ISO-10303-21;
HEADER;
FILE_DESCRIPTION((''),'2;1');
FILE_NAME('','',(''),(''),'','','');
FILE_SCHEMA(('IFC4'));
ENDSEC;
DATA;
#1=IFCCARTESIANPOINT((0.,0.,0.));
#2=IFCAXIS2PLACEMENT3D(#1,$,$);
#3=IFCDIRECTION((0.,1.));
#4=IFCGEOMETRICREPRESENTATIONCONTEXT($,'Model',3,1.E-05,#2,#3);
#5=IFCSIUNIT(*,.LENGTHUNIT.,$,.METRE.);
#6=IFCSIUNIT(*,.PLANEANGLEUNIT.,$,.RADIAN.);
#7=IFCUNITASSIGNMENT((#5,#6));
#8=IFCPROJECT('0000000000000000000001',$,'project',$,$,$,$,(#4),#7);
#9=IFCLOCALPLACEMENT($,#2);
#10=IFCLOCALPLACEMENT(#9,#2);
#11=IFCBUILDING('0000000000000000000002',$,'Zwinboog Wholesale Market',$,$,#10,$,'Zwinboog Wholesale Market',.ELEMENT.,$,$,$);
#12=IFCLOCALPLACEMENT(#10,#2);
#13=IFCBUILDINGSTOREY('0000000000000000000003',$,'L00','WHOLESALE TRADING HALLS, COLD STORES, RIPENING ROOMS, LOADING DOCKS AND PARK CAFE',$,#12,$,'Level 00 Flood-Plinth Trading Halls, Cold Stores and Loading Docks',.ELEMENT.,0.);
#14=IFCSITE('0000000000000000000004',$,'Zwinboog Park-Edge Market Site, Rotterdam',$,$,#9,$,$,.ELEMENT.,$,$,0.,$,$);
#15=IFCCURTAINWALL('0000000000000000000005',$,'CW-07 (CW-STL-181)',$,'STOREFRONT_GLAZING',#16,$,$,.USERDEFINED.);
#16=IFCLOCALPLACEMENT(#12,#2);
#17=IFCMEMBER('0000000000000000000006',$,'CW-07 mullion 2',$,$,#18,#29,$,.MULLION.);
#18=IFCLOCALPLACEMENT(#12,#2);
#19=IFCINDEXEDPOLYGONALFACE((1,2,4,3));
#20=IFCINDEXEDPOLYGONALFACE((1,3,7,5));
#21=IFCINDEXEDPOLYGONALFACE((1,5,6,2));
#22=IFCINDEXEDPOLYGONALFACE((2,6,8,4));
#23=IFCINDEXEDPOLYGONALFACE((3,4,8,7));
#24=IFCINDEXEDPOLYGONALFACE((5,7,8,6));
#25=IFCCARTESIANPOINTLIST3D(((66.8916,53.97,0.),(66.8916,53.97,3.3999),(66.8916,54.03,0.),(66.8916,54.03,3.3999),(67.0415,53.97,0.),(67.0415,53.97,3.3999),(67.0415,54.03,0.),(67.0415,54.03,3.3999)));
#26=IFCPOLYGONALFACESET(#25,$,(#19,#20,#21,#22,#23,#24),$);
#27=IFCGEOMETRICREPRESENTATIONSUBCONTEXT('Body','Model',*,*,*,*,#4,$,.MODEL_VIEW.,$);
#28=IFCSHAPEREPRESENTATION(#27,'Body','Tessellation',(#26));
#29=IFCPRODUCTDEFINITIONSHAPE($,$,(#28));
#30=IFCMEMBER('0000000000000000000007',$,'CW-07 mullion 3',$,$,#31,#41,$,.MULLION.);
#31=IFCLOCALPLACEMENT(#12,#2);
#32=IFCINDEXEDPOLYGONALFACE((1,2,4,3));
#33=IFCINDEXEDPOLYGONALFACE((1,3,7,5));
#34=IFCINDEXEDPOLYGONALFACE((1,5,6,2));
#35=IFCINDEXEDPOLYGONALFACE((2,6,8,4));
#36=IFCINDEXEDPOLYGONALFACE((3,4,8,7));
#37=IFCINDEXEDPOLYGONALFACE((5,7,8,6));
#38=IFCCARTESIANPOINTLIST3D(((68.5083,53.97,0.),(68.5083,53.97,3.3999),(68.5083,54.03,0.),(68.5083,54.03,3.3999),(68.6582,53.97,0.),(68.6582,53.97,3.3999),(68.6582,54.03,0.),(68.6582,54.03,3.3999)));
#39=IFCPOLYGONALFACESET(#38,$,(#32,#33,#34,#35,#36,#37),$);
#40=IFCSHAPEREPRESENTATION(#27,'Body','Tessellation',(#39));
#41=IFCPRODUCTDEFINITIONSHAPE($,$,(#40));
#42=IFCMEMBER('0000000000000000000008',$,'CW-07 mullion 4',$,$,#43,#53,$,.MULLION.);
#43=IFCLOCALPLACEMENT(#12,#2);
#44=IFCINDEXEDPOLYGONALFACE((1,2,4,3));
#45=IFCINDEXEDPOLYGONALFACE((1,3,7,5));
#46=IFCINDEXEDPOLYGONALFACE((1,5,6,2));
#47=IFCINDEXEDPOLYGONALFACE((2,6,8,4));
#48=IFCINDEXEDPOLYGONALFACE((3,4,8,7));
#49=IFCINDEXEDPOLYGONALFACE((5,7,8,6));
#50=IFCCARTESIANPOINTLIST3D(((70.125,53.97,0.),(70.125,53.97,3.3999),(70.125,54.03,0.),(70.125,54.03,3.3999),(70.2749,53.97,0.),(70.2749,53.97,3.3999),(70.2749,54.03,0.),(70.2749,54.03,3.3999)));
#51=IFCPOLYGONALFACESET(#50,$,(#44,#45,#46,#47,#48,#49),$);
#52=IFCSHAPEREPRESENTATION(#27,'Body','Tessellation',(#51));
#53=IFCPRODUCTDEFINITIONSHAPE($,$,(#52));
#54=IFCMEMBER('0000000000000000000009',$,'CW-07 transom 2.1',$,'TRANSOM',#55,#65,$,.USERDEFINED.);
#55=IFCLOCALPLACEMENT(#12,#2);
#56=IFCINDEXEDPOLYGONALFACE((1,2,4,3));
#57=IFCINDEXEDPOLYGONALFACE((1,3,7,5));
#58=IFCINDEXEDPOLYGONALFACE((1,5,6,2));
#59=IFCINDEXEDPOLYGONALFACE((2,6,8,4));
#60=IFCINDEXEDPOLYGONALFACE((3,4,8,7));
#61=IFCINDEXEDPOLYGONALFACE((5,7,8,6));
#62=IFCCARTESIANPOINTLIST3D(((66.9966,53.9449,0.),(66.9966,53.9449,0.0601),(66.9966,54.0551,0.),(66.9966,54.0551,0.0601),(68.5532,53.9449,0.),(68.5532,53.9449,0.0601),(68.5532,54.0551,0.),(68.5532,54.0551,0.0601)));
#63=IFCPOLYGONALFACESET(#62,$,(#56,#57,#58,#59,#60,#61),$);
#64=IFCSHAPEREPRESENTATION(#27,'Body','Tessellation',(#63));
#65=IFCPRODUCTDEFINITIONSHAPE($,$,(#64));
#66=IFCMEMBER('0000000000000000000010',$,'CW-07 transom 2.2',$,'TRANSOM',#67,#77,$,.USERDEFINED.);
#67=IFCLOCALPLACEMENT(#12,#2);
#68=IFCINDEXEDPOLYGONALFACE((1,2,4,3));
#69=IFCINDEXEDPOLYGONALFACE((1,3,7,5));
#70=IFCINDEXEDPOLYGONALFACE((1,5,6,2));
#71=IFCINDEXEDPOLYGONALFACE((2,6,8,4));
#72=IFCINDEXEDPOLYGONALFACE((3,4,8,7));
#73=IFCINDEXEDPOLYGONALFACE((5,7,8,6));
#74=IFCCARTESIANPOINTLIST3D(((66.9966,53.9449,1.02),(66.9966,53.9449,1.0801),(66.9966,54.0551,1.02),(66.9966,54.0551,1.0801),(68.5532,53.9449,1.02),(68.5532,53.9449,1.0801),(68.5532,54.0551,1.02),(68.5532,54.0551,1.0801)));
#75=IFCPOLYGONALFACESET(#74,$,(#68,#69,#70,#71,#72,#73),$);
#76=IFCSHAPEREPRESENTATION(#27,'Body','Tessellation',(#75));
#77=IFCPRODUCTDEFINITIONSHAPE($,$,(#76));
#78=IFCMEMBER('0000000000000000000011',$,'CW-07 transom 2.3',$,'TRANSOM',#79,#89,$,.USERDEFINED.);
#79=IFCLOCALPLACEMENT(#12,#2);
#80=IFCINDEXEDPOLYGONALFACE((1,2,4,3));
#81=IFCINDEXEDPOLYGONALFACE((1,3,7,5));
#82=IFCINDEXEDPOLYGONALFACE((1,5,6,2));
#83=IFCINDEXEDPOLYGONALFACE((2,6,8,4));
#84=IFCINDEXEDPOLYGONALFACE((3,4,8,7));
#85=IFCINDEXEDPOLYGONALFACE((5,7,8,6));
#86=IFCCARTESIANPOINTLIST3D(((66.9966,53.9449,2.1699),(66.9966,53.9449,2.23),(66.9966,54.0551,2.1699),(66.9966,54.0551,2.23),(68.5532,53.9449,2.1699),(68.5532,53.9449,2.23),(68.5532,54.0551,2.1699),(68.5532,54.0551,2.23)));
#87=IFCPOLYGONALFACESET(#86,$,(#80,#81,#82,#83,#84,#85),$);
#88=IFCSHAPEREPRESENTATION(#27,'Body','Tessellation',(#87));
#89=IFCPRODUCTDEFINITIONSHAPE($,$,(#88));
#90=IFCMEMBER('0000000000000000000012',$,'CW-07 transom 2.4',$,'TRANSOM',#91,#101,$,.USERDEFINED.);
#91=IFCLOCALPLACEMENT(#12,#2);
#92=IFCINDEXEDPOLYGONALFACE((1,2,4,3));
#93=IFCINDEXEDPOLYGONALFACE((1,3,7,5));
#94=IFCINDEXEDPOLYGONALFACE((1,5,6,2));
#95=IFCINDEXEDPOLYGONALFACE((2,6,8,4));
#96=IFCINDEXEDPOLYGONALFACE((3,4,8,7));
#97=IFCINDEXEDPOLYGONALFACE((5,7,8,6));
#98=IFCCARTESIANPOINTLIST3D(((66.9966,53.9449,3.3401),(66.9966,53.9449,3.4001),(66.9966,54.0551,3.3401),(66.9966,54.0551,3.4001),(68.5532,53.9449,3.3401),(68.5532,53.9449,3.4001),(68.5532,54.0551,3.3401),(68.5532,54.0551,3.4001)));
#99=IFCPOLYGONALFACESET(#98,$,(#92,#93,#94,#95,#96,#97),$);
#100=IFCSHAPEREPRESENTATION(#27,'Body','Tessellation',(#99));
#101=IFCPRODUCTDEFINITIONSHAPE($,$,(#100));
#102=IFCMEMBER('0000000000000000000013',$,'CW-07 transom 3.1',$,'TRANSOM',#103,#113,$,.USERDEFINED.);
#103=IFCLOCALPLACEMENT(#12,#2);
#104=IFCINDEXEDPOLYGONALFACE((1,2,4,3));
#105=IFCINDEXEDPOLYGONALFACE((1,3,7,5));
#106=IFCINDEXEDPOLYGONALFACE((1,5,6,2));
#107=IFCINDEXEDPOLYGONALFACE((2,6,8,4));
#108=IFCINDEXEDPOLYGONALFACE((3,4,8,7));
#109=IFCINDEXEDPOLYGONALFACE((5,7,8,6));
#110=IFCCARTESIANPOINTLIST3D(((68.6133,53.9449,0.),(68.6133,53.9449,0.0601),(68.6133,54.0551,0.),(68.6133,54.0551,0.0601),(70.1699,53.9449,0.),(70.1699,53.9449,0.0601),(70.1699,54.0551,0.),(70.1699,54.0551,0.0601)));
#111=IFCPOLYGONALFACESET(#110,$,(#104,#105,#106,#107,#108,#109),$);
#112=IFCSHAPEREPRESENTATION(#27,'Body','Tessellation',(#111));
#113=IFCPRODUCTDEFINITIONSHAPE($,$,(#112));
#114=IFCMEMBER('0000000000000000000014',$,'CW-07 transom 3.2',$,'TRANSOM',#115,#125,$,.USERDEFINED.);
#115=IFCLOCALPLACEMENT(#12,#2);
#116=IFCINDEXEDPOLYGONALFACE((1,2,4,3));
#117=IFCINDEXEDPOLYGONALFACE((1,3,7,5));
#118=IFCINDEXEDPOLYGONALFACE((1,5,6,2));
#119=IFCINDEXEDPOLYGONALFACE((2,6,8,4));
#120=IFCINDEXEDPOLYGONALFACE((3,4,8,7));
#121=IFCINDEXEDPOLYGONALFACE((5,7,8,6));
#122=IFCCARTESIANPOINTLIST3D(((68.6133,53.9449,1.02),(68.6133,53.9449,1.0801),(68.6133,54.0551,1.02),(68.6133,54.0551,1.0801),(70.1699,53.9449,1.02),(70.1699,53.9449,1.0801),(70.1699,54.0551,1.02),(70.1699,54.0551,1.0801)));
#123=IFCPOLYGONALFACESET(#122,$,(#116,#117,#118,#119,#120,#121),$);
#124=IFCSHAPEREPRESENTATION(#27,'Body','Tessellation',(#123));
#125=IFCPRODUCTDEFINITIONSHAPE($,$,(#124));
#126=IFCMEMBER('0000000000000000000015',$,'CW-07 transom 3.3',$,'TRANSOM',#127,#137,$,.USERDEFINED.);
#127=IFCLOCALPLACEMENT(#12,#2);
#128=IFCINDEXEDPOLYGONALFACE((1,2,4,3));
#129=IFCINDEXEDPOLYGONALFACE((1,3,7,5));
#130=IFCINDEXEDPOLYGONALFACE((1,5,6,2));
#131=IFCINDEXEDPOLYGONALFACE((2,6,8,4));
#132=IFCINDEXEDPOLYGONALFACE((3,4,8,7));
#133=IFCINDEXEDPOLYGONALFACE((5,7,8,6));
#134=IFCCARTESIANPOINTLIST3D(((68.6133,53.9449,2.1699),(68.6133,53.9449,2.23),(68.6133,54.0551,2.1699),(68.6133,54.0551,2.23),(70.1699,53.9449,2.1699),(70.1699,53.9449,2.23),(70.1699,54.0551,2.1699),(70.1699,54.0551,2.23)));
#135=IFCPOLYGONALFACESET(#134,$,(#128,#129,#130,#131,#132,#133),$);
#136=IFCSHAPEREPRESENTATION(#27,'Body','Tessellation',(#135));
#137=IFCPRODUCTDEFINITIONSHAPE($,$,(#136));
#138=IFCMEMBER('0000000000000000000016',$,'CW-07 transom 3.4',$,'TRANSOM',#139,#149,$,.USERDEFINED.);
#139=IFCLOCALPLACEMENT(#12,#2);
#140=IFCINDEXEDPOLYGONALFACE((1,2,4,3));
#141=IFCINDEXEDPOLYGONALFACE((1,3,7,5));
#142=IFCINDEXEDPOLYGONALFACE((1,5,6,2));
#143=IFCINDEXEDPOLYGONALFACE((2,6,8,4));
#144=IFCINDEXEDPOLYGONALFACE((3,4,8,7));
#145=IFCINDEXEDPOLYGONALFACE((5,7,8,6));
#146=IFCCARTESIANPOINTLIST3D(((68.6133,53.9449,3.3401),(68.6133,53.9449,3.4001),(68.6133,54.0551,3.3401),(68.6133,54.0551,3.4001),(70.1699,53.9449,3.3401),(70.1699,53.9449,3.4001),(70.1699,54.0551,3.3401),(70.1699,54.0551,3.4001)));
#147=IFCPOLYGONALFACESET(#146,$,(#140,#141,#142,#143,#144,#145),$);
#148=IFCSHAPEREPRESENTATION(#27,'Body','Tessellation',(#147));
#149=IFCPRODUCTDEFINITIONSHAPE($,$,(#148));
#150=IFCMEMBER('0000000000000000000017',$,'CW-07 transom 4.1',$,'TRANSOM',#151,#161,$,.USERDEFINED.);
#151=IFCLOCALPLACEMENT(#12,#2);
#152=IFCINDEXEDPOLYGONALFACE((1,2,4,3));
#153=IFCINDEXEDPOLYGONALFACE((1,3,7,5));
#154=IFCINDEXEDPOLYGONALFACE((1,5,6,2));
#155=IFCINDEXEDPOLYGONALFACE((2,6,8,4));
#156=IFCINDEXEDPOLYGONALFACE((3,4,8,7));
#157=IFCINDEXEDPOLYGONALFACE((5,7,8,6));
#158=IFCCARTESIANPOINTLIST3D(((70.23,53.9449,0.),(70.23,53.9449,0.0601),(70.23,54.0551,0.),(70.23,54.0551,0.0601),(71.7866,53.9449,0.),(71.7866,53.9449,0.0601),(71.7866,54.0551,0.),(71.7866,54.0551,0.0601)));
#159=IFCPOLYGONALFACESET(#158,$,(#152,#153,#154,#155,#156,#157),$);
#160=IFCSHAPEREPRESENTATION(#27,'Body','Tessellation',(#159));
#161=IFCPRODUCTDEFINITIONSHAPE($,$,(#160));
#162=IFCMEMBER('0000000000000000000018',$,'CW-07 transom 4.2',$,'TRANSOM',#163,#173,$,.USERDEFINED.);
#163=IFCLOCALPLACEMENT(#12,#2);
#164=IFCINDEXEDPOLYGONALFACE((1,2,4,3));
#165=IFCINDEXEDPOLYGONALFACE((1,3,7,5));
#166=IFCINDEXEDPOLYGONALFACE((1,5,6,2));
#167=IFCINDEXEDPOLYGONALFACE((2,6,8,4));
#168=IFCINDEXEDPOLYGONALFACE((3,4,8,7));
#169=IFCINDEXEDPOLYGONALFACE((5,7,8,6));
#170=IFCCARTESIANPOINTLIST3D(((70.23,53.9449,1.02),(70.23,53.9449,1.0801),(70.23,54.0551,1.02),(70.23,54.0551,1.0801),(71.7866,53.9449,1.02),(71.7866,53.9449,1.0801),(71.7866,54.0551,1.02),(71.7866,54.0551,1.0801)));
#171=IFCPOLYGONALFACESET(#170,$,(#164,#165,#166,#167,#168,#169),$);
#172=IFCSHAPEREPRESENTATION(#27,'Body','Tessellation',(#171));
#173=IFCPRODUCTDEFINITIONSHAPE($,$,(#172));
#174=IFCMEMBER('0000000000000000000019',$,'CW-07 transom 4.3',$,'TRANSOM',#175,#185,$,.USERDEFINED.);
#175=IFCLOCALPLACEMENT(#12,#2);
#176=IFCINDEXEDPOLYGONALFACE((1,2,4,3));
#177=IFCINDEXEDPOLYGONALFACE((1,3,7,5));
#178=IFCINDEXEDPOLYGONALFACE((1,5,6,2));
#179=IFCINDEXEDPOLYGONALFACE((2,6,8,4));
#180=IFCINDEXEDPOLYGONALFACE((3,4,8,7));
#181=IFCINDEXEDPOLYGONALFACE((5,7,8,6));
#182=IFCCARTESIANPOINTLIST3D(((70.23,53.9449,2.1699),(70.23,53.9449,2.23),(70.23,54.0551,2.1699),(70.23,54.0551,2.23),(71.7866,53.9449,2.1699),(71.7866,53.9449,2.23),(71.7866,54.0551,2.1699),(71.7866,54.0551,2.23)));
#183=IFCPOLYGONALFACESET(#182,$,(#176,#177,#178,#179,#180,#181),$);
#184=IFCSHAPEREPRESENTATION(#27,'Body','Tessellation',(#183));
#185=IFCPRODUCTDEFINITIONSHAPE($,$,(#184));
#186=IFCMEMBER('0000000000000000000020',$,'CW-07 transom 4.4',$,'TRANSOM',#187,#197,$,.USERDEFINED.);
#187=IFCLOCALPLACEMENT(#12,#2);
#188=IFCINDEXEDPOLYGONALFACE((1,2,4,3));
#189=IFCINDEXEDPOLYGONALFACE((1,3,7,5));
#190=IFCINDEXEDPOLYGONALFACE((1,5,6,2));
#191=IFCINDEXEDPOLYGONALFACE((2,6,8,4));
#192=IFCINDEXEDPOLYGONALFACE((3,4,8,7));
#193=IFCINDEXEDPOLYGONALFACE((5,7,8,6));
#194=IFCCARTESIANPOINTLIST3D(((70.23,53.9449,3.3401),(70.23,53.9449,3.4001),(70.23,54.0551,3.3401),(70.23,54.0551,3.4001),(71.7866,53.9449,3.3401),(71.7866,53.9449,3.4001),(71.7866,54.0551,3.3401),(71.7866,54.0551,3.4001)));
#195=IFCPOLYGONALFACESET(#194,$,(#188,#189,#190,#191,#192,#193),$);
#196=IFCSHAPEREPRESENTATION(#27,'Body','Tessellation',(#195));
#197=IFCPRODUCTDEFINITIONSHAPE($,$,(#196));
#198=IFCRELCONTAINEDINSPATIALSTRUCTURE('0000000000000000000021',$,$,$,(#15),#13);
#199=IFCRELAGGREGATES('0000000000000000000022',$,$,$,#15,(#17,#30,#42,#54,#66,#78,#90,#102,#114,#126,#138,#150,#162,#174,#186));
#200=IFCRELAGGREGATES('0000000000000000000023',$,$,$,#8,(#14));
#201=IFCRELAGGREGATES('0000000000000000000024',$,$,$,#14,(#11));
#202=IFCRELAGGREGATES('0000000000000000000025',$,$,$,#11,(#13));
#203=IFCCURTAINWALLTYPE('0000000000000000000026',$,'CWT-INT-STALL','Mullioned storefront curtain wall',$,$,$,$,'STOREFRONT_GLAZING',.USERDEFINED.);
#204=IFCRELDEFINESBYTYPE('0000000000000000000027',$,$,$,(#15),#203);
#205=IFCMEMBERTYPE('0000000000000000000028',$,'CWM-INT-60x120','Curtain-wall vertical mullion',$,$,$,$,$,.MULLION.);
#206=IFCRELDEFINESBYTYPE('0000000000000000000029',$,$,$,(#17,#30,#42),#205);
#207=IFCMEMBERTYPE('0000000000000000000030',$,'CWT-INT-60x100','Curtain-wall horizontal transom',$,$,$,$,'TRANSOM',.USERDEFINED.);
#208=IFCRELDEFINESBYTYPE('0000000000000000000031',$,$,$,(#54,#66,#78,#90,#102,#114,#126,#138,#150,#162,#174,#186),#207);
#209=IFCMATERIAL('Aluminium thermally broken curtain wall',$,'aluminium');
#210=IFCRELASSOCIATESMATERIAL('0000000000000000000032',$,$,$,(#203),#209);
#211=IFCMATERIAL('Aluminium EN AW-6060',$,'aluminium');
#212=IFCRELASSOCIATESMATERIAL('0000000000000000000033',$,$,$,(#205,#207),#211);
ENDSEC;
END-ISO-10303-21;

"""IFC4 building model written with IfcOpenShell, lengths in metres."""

from ifc_helpers import new_model, si_unit, direction, frame, origin, origin_2d, place, context, subcontext, project, spatial, rectangle, extrude, material, material_profile, profile_set, type_object, element, aggregate, save


model = new_model("IFC4")

# Units and contexts
model_context = context("Model", 3, precision=1e-05, world=origin(), true_north=direction((0.0, 1.0)))
body_context = subcontext(model_context, "Body", "Model", "MODEL_VIEW")
ifc_project = project(units=[si_unit("LENGTHUNIT", "METRE"), si_unit("PLANEANGLEUNIT", "RADIAN")], contexts=[model_context])

# Site, building, storey
site_placement = place(None, origin())
site = spatial("IfcSite", under=ifc_project, at=site_placement, Name="Zwinboog Park-Edge Market Site, Rotterdam", CompositionType="ELEMENT", RefElevation=0.0)
building_placement = place(site_placement, origin())
building = spatial("IfcBuilding", under=site, at=building_placement, Name="Zwinboog Wholesale Market", LongName="Zwinboog Wholesale Market", CompositionType="ELEMENT")
storey_placement = place(building_placement, origin())
storey = spatial("IfcBuildingStorey", under=building, at=storey_placement, Name="L00", Description="WHOLESALE TRADING HALLS, COLD STORES, RIPENING ROOMS, LOADING DOCKS AND PARK CAFE", LongName="Level 00 Flood-Plinth Trading Halls, Cold Stores and Loading Docks", CompositionType="ELEMENT", Elevation=0.0)

# Curtain wall, members
ifc_material_1 = material(Name="Aluminium thermally broken curtain wall", Category="aluminium")
curtain_wall_type = type_object("IfcCurtainWallType", Name="CWT-INT-STALL", Description="Mullioned storefront curtain wall", ElementType="STOREFRONT_GLAZING", PredefinedType="USERDEFINED", material=ifc_material_1)
curtain_wall_placement = place(storey_placement, origin())
curtain_wall = element("IfcCurtainWall", 1, at=curtain_wall_placement, inside=storey, type_object=curtain_wall_type, Name="CW-07 (CW-STL-181)", ObjectType="STOREFRONT_GLAZING", PredefinedType="USERDEFINED")
ifc_material_2 = material(Name="Aluminium EN AW-6060", Category="aluminium")
ifc_material_profile_1 = material_profile(ifc_material_2, rectangle(XDim=0.0601, YDim=0.1499, at=origin_2d()), Name="AL 60x150")
ifc_profile_set_1 = profile_set([ifc_material_profile_1], Name="Aluminium EN AW-6060")
member_type_1 = type_object("IfcMemberType", Name="CWM-INT-60x120", Description="Curtain-wall vertical mullion", PredefinedType="MULLION", material=ifc_profile_set_1)
member_1_placement = place(storey_placement, frame((66.9666, 54.0, 0.0), z_axis=(0.0, 0.0, 1.0), x_axis=(0.0, 1.0, 0.0)))
member_1 = element("IfcMember", 2, at=member_1_placement, type_object=member_type_1, Name="CW-07 mullion 2", PredefinedType="MULLION", context=body_context, shape_type="SweptSolid", body=[
    extrude(rectangle(XDim=0.0601, YDim=0.1499, at=origin_2d()), origin(), (0.0, 0.0, 1.0), 3.3999),
])
member_2_placement = place(storey_placement, frame((68.5833, 54.0, 0.0), z_axis=(0.0, 0.0, 1.0), x_axis=(0.0, 1.0, 0.0)))
member_2 = element("IfcMember", 3, at=member_2_placement, type_object=member_type_1, Name="CW-07 mullion 3", PredefinedType="MULLION", context=body_context, shape_type="SweptSolid", body=[
    extrude(rectangle(XDim=0.0601, YDim=0.1499, at=origin_2d()), origin(), (0.0, 0.0, 1.0), 3.3999),
])
member_3_placement = place(storey_placement, frame((70.2, 54.0, 0.0), z_axis=(0.0, 0.0, 1.0), x_axis=(0.0, 1.0, 0.0)))
member_3 = element("IfcMember", 4, at=member_3_placement, type_object=member_type_1, Name="CW-07 mullion 4", PredefinedType="MULLION", context=body_context, shape_type="SweptSolid", body=[
    extrude(rectangle(XDim=0.0601, YDim=0.1499, at=origin_2d()), origin(), (0.0, 0.0, 1.0), 3.3999),
])
ifc_material_profile_2 = material_profile(ifc_material_2, rectangle(XDim=0.1101, YDim=0.0601, at=origin_2d()), Name="AL 60x110")
ifc_profile_set_2 = profile_set([ifc_material_profile_2], Name="Aluminium EN AW-6060")
member_type_2 = type_object("IfcMemberType", Name="CWT-INT-60x100", Description="Curtain-wall horizontal transom", ElementType="TRANSOM", PredefinedType="USERDEFINED", material=ifc_profile_set_2)
member_4_placement = place(storey_placement, frame((66.9966, 54.0, 0.03), z_axis=(1.0, 0.0, 0.0), x_axis=(0.0, 1.0, 0.0)))
member_4 = element("IfcMember", 5, at=member_4_placement, type_object=member_type_2, Name="CW-07 transom 2.1", ObjectType="TRANSOM", PredefinedType="USERDEFINED", context=body_context, shape_type="SweptSolid", body=[
    extrude(rectangle(XDim=0.1101, YDim=0.0601, at=origin_2d()), origin(), (0.0, 0.0, 1.0), 1.5566),
])
member_5_placement = place(storey_placement, frame((66.9966, 54.0, 1.05), z_axis=(1.0, 0.0, 0.0), x_axis=(0.0, 1.0, 0.0)))
member_5 = element("IfcMember", 6, at=member_5_placement, type_object=member_type_2, Name="CW-07 transom 2.2", ObjectType="TRANSOM", PredefinedType="USERDEFINED", context=body_context, shape_type="SweptSolid", body=[
    extrude(rectangle(XDim=0.1101, YDim=0.0601, at=origin_2d()), origin(), (0.0, 0.0, 1.0), 1.5566),
])
member_6_placement = place(storey_placement, frame((66.9966, 54.0, 2.2), z_axis=(1.0, 0.0, 0.0), x_axis=(0.0, 1.0, 0.0)))
member_6 = element("IfcMember", 7, at=member_6_placement, type_object=member_type_2, Name="CW-07 transom 2.3", ObjectType="TRANSOM", PredefinedType="USERDEFINED", context=body_context, shape_type="SweptSolid", body=[
    extrude(rectangle(XDim=0.1101, YDim=0.0601, at=origin_2d()), origin(), (0.0, 0.0, 1.0), 1.5566),
])
member_7_placement = place(storey_placement, frame((66.9966, 54.0, 3.3701), z_axis=(1.0, 0.0, 0.0), x_axis=(0.0, 1.0, 0.0)))
member_7 = element("IfcMember", 8, at=member_7_placement, type_object=member_type_2, Name="CW-07 transom 2.4", ObjectType="TRANSOM", PredefinedType="USERDEFINED", context=body_context, shape_type="SweptSolid", body=[
    extrude(rectangle(XDim=0.1101, YDim=0.0601, at=origin_2d()), origin(), (0.0, 0.0, 1.0), 1.5566),
])
member_8_placement = place(storey_placement, frame((68.6133, 54.0, 0.03), z_axis=(1.0, 0.0, 0.0), x_axis=(0.0, 1.0, 0.0)))
member_8 = element("IfcMember", 9, at=member_8_placement, type_object=member_type_2, Name="CW-07 transom 3.1", ObjectType="TRANSOM", PredefinedType="USERDEFINED", context=body_context, shape_type="SweptSolid", body=[
    extrude(rectangle(XDim=0.1101, YDim=0.0601, at=origin_2d()), origin(), (0.0, 0.0, 1.0), 1.5566),
])
member_9_placement = place(storey_placement, frame((68.6133, 54.0, 1.05), z_axis=(1.0, 0.0, 0.0), x_axis=(0.0, 1.0, 0.0)))
member_9 = element("IfcMember", 10, at=member_9_placement, type_object=member_type_2, Name="CW-07 transom 3.2", ObjectType="TRANSOM", PredefinedType="USERDEFINED", context=body_context, shape_type="SweptSolid", body=[
    extrude(rectangle(XDim=0.1101, YDim=0.0601, at=origin_2d()), origin(), (0.0, 0.0, 1.0), 1.5566),
])
member_10_placement = place(storey_placement, frame((68.6133, 54.0, 2.2), z_axis=(1.0, 0.0, 0.0), x_axis=(0.0, 1.0, 0.0)))
member_10 = element("IfcMember", 11, at=member_10_placement, type_object=member_type_2, Name="CW-07 transom 3.3", ObjectType="TRANSOM", PredefinedType="USERDEFINED", context=body_context, shape_type="SweptSolid", body=[
    extrude(rectangle(XDim=0.1101, YDim=0.0601, at=origin_2d()), origin(), (0.0, 0.0, 1.0), 1.5566),
])
member_11_placement = place(storey_placement, frame((68.6133, 54.0, 3.3701), z_axis=(1.0, 0.0, 0.0), x_axis=(0.0, 1.0, 0.0)))
member_11 = element("IfcMember", 12, at=member_11_placement, type_object=member_type_2, Name="CW-07 transom 3.4", ObjectType="TRANSOM", PredefinedType="USERDEFINED", context=body_context, shape_type="SweptSolid", body=[
    extrude(rectangle(XDim=0.1101, YDim=0.0601, at=origin_2d()), origin(), (0.0, 0.0, 1.0), 1.5566),
])
member_12_placement = place(storey_placement, frame((70.23, 54.0, 0.03), z_axis=(1.0, 0.0, 0.0), x_axis=(0.0, 1.0, 0.0)))
member_12 = element("IfcMember", 13, at=member_12_placement, type_object=member_type_2, Name="CW-07 transom 4.1", ObjectType="TRANSOM", PredefinedType="USERDEFINED", context=body_context, shape_type="SweptSolid", body=[
    extrude(rectangle(XDim=0.1101, YDim=0.0601, at=origin_2d()), origin(), (0.0, 0.0, 1.0), 1.5566),
])
member_13_placement = place(storey_placement, frame((70.23, 54.0, 1.05), z_axis=(1.0, 0.0, 0.0), x_axis=(0.0, 1.0, 0.0)))
member_13 = element("IfcMember", 14, at=member_13_placement, type_object=member_type_2, Name="CW-07 transom 4.2", ObjectType="TRANSOM", PredefinedType="USERDEFINED", context=body_context, shape_type="SweptSolid", body=[
    extrude(rectangle(XDim=0.1101, YDim=0.0601, at=origin_2d()), origin(), (0.0, 0.0, 1.0), 1.5566),
])
member_14_placement = place(storey_placement, frame((70.23, 54.0, 2.2), z_axis=(1.0, 0.0, 0.0), x_axis=(0.0, 1.0, 0.0)))
member_14 = element("IfcMember", 15, at=member_14_placement, type_object=member_type_2, Name="CW-07 transom 4.3", ObjectType="TRANSOM", PredefinedType="USERDEFINED", context=body_context, shape_type="SweptSolid", body=[
    extrude(rectangle(XDim=0.1101, YDim=0.0601, at=origin_2d()), origin(), (0.0, 0.0, 1.0), 1.5566),
])
member_15_placement = place(storey_placement, frame((70.23, 54.0, 3.3701), z_axis=(1.0, 0.0, 0.0), x_axis=(0.0, 1.0, 0.0)))
member_15 = element("IfcMember", 16, at=member_15_placement, type_object=member_type_2, Name="CW-07 transom 4.4", ObjectType="TRANSOM", PredefinedType="USERDEFINED", context=body_context, shape_type="SweptSolid", body=[
    extrude(rectangle(XDim=0.1101, YDim=0.0601, at=origin_2d()), origin(), (0.0, 0.0, 1.0), 1.5566),
])
aggregate(curtain_wall, [member_1, member_2, member_3, member_4, member_5, member_6, member_7, member_8, member_9, member_10, member_11, member_12, member_13, member_14, member_15])

save(model, "model.ifc")
